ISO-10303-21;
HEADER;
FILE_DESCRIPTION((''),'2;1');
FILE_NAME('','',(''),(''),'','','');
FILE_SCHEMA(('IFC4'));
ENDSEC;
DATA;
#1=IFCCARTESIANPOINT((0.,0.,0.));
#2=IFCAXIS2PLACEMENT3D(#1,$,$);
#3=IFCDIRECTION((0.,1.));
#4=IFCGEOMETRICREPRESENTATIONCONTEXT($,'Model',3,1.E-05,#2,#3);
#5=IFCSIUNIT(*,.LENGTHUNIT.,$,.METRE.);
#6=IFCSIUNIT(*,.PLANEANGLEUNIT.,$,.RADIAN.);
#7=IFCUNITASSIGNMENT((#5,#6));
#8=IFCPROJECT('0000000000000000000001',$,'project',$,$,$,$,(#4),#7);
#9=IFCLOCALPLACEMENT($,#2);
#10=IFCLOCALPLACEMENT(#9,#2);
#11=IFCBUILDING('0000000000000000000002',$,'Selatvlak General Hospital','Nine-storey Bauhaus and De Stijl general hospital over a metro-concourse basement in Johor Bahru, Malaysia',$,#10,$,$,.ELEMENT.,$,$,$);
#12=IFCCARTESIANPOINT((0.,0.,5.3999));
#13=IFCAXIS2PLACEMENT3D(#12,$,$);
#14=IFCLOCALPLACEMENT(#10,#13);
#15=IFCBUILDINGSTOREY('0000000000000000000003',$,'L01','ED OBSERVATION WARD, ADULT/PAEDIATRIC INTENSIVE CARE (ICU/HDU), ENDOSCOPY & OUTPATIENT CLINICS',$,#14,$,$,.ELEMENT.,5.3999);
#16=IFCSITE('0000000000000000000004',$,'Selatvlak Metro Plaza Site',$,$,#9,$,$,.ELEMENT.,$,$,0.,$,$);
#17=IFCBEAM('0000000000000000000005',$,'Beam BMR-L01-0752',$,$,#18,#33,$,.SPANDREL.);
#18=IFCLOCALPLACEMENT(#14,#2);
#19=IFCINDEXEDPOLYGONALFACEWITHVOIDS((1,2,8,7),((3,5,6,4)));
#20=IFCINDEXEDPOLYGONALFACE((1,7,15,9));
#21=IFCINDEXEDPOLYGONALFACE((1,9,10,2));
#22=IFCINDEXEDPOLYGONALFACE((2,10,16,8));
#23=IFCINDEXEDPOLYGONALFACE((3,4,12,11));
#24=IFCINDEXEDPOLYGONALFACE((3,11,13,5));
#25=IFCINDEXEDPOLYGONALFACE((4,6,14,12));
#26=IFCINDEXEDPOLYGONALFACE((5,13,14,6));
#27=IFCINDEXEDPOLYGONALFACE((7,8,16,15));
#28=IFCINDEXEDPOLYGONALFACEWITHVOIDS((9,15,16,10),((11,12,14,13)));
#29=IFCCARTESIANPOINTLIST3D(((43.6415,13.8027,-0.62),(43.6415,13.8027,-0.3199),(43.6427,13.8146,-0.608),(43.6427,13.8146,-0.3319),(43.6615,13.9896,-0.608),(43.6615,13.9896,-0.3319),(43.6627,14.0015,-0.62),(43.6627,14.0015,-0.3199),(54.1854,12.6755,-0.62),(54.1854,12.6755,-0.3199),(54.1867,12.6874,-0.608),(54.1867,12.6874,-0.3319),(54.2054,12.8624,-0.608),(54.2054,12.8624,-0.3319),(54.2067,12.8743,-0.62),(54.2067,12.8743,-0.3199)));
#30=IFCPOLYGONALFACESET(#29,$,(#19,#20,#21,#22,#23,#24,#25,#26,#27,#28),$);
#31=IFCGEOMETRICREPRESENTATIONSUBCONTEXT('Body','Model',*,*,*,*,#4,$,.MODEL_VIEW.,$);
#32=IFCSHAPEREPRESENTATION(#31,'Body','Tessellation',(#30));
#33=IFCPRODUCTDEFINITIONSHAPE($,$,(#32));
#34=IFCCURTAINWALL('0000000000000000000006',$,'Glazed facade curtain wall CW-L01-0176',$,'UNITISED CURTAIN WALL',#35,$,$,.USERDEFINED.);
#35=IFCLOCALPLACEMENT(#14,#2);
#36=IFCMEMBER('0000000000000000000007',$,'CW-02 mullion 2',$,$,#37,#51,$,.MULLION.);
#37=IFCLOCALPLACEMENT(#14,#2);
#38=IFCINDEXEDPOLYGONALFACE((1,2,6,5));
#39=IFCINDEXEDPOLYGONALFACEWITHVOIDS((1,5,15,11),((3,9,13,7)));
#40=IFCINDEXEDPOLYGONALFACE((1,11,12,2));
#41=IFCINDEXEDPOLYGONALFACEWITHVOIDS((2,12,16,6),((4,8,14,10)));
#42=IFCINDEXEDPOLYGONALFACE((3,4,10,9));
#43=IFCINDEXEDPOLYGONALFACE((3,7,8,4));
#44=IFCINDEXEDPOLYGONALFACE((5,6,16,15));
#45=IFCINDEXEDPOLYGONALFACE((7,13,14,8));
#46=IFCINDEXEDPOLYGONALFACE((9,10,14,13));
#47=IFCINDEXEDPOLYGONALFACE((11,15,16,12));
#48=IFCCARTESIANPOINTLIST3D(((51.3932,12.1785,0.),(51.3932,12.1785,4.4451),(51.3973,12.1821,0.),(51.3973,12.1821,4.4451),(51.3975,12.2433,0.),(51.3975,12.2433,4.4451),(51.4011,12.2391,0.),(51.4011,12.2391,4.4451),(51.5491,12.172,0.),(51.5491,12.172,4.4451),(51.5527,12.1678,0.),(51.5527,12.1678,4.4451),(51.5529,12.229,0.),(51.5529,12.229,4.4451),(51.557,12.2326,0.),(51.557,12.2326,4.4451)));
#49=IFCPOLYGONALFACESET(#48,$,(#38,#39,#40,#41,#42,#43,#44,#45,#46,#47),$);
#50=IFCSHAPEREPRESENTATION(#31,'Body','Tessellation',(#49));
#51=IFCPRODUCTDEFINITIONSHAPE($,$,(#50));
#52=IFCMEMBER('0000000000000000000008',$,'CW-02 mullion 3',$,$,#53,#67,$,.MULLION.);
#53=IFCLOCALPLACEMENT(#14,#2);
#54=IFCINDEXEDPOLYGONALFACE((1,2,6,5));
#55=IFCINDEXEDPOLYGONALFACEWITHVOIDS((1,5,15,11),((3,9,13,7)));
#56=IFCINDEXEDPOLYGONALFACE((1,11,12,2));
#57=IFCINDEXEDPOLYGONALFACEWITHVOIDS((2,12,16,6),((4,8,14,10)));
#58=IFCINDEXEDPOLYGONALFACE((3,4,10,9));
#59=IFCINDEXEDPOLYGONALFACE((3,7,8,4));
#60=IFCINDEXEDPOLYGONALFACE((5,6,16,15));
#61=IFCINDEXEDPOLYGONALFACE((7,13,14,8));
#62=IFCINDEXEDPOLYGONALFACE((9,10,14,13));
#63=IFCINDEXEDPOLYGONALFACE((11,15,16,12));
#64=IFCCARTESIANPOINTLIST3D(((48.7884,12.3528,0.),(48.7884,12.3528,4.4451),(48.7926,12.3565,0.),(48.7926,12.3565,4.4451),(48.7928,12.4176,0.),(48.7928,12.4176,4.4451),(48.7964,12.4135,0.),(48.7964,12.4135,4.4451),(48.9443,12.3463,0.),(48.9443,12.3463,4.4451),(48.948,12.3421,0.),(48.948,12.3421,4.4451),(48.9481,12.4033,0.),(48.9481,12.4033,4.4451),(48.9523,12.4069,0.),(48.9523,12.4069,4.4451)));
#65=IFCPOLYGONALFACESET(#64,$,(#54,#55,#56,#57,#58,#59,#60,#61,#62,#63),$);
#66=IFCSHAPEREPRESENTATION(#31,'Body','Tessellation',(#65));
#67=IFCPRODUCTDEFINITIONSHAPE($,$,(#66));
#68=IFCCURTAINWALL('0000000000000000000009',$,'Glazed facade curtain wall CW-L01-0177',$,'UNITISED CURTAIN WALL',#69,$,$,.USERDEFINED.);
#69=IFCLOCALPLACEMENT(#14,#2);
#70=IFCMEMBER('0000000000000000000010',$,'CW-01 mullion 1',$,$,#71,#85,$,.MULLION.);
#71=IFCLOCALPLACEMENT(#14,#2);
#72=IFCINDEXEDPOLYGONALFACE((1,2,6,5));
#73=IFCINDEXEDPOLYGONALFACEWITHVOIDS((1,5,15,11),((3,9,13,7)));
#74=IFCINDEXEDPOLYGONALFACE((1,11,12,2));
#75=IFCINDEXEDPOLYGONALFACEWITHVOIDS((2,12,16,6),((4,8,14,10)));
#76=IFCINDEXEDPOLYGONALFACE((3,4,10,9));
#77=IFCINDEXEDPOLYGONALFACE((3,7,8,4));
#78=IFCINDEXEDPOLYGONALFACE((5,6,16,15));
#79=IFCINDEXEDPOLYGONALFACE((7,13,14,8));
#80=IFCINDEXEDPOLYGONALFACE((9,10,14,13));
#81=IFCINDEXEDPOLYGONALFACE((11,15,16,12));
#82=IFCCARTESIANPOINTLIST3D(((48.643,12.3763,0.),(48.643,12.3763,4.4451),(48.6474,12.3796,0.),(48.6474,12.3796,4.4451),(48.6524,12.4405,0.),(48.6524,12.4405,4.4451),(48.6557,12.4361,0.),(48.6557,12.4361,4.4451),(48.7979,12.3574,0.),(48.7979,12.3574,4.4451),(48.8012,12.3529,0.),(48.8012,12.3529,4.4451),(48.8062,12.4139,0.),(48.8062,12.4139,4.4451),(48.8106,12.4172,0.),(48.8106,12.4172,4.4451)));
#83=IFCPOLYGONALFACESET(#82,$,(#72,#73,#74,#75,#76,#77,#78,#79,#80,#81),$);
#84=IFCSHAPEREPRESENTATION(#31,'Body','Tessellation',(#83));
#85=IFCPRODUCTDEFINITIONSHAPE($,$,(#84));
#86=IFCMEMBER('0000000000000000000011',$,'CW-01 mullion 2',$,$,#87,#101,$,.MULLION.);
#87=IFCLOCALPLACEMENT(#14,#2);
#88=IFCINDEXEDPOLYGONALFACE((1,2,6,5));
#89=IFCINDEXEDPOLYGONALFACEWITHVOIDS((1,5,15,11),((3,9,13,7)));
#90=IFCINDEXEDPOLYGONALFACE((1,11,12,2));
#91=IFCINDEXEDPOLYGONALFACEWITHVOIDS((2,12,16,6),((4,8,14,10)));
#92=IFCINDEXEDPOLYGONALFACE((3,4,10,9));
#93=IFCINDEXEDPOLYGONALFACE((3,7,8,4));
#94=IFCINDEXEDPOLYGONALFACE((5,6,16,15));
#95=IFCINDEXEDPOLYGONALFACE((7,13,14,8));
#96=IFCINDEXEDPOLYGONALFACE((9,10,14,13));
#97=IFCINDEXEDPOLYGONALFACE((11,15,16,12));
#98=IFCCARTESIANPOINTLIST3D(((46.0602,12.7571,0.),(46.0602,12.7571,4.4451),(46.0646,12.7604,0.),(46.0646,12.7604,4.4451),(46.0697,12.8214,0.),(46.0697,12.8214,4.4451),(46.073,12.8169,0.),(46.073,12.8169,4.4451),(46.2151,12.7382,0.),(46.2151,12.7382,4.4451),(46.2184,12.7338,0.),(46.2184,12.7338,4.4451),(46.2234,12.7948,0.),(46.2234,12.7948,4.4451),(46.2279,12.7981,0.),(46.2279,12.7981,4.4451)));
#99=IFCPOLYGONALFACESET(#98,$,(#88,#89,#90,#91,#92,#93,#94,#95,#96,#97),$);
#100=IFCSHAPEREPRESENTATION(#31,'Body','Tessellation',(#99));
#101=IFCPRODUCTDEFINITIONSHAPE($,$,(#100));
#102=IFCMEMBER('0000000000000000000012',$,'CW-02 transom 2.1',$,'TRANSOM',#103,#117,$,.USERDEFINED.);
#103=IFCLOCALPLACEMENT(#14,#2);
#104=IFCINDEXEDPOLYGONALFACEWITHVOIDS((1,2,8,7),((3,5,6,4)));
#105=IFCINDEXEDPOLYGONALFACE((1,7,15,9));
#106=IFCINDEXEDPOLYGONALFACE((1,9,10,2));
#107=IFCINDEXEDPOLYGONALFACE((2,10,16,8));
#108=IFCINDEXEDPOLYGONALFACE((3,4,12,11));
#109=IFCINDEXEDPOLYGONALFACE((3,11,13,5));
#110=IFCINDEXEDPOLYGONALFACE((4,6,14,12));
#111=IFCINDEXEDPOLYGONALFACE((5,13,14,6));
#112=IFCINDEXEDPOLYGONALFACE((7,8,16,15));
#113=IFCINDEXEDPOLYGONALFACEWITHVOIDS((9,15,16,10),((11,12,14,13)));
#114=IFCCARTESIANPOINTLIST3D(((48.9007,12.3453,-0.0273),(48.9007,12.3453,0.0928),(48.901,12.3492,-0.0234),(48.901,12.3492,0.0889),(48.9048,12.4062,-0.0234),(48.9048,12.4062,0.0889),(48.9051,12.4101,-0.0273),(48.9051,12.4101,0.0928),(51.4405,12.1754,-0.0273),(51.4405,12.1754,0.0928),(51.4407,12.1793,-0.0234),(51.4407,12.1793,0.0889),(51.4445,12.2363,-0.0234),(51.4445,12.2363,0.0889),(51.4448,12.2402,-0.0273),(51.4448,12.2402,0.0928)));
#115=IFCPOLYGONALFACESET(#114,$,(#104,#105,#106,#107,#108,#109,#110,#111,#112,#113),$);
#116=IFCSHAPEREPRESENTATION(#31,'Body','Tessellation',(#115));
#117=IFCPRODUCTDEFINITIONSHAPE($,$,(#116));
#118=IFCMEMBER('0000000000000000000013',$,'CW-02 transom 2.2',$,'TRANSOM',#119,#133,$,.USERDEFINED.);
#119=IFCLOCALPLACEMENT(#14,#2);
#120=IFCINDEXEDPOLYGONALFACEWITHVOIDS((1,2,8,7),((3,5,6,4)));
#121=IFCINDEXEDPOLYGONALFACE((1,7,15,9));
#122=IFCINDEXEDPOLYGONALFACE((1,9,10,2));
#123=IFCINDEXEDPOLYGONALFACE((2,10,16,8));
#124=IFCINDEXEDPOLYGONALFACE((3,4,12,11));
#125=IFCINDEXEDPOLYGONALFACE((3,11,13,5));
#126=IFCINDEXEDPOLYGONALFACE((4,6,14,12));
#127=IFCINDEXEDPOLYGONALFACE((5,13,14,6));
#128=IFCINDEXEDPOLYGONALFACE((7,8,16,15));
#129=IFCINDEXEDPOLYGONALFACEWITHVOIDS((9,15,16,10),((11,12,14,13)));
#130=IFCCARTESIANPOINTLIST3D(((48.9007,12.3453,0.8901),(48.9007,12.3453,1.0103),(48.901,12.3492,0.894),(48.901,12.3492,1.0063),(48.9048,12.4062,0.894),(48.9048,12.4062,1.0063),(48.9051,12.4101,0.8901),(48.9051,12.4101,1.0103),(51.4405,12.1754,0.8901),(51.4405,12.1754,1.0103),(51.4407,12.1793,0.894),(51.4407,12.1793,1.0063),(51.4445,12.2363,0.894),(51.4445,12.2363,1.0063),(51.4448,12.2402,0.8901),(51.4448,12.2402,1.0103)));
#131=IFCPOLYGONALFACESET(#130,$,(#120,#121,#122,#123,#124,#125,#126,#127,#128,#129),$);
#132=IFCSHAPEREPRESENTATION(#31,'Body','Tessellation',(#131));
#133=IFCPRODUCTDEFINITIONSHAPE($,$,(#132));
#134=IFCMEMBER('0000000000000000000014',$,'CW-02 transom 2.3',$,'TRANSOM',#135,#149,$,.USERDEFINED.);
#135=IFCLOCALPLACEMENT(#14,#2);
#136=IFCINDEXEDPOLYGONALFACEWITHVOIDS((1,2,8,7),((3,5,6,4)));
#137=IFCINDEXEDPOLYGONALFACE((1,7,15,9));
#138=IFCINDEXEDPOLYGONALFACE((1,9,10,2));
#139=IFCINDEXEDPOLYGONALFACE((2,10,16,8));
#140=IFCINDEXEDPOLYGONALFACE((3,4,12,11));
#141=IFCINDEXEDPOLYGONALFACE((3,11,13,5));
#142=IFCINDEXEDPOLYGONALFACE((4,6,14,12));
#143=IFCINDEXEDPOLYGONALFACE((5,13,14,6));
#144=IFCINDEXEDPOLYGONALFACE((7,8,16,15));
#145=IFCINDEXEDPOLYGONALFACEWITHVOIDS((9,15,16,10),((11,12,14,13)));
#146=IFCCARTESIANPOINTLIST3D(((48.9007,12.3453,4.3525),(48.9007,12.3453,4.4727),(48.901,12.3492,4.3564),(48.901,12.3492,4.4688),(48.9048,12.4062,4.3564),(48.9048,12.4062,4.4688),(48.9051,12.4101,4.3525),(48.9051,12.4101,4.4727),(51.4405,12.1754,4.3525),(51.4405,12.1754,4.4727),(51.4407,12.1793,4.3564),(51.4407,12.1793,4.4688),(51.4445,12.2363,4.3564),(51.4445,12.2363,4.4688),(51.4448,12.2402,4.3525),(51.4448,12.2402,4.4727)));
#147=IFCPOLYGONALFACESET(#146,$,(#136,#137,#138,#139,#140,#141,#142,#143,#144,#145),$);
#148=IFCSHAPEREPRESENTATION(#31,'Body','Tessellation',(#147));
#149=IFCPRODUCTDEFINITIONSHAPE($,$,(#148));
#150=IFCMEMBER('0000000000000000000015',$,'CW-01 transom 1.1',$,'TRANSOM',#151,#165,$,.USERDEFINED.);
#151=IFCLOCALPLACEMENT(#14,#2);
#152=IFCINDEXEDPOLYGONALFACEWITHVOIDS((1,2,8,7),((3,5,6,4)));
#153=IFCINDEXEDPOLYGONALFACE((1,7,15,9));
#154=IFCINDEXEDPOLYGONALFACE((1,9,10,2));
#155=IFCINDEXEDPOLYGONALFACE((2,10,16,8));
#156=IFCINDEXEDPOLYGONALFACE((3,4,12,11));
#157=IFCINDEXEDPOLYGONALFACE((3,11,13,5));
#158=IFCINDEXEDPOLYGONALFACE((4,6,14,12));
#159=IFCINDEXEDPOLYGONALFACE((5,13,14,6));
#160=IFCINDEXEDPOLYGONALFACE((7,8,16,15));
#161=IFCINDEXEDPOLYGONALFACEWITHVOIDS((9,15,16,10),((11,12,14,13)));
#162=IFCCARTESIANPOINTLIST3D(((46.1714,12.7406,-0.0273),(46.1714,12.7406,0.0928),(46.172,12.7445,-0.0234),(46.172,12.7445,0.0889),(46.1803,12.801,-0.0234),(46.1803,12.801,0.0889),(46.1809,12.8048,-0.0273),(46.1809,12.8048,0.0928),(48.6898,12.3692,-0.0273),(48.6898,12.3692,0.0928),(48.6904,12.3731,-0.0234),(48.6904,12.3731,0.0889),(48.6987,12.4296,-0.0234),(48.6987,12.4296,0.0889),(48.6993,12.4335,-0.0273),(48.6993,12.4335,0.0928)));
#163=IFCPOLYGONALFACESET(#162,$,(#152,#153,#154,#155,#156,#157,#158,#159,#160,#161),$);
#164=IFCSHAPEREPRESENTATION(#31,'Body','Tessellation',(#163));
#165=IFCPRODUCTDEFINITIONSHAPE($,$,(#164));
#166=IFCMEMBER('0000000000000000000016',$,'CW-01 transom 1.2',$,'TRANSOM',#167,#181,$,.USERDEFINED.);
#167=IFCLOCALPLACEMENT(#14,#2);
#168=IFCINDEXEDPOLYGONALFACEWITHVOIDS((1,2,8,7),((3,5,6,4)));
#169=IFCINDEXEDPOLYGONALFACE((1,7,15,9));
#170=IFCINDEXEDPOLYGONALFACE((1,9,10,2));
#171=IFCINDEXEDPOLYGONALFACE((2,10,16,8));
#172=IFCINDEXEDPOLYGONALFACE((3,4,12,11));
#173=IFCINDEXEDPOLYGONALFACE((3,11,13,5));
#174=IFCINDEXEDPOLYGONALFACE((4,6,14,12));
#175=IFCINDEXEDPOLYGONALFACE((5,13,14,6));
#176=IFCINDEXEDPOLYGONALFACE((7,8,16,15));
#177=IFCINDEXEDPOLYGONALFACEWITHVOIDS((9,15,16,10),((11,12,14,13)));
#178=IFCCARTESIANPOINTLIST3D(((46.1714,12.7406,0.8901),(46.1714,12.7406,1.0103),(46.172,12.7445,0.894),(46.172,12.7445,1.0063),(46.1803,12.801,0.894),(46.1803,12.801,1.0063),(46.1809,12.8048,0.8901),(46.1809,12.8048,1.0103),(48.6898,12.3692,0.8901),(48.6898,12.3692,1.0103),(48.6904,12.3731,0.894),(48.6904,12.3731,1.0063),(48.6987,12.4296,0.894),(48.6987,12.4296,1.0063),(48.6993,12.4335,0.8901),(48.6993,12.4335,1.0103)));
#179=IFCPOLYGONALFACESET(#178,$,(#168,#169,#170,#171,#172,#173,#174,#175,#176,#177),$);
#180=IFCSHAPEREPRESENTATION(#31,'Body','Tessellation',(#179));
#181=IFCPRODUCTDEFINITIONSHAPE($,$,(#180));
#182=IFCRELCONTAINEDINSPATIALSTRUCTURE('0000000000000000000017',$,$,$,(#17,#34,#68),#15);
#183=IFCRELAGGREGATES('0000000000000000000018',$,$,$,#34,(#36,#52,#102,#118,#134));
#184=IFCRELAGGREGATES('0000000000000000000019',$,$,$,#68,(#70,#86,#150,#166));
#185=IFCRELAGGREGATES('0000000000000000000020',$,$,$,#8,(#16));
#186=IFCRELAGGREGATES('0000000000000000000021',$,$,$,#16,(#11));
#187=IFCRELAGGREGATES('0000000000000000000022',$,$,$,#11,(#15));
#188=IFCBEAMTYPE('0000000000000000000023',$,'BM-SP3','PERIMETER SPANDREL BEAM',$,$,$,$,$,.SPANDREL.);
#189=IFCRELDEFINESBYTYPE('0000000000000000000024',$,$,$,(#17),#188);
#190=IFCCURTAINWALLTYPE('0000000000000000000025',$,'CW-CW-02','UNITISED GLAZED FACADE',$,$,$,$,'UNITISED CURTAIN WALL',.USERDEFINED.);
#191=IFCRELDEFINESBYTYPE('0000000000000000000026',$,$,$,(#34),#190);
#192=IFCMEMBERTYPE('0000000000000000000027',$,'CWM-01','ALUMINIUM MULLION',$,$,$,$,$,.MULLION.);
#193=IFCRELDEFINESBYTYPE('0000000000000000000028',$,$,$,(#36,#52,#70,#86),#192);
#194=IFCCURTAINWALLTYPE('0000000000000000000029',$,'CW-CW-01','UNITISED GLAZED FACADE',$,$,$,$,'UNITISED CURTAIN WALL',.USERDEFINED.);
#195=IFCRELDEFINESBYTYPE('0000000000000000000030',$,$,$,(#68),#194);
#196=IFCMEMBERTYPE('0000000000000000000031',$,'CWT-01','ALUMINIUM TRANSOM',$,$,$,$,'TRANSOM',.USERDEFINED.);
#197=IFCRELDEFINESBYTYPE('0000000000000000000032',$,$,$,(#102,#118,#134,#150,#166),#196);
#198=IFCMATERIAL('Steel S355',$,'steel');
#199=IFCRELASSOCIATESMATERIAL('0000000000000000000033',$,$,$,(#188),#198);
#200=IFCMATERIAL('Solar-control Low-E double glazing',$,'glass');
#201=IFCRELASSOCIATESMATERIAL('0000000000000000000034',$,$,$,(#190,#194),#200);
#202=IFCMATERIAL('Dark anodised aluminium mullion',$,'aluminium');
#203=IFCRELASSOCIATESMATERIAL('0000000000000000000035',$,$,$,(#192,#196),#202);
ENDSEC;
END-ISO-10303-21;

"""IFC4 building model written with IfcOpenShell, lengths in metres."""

from ifc_helpers import new_model, si_unit, direction, frame, origin, origin_2d, place, context, subcontext, project, spatial, hollow_rectangle, extrude, material, material_profile, profile_set, type_object, element, aggregate, save


model = new_model("IFC4")

# Units and contexts
model_context = context("Model", 3, precision=1e-05, world=origin(), true_north=direction((0.0, 1.0)))
body_context = subcontext(model_context, "Body", "Model", "MODEL_VIEW")
ifc_project = project(units=[si_unit("LENGTHUNIT", "METRE"), si_unit("PLANEANGLEUNIT", "RADIAN")], contexts=[model_context])

# Site, building, storey
site_placement = place(None, origin())
site = spatial("IfcSite", under=ifc_project, at=site_placement, Name="Selatvlak Metro Plaza Site", CompositionType="ELEMENT", RefElevation=0.0)
building_placement = place(site_placement, origin())
building = spatial("IfcBuilding", under=site, at=building_placement, Name="Selatvlak General Hospital", Description="Nine-storey Bauhaus and De Stijl general hospital over a metro-concourse basement in Johor Bahru, Malaysia", CompositionType="ELEMENT")
storey_placement = place(building_placement, frame((0.0, 0.0, 5.3999)))
storey = spatial("IfcBuildingStorey", under=building, at=storey_placement, Name="L01", Description="ED OBSERVATION WARD, ADULT/PAEDIATRIC INTENSIVE CARE (ICU/HDU), ENDOSCOPY & OUTPATIENT CLINICS", CompositionType="ELEMENT", Elevation=5.3999)

# Beam
ifc_material_1 = material(Name="Steel S355", Category="steel")
ifc_material_profile_1 = material_profile(ifc_material_1, hollow_rectangle(XDim=0.2, YDim=0.3, WallThickness=0.012, at=origin_2d()), Name="RHS 300x200x12")
ifc_profile_set_1 = profile_set([ifc_material_profile_1], Name="Steel S355")
beam_type = type_object("IfcBeamType", Name="BM-SP3", Description="PERIMETER SPANDREL BEAM", PredefinedType="SPANDREL", material=ifc_profile_set_1)
beam_placement = place(storey_placement, frame((43.6521, 13.9021, -0.47), z_axis=(0.994334, -0.106299, 0.0), x_axis=(0.106299, 0.994334, 0.0)))
element("IfcBeam", 1, at=beam_placement, inside=storey, type_object=beam_type, Name="Beam BMR-L01-0752", PredefinedType="SPANDREL", context=body_context, shape_type="SweptSolid", body=[
    extrude(hollow_rectangle(XDim=0.2, YDim=0.3, WallThickness=0.012, at=origin_2d()), origin(), (0.0, 0.0, 1.0), 10.604),
])

# Curtain walls, members
ifc_material_2 = material(Name="Solar-control Low-E double glazing", Category="glass")
curtain_wall_type_1 = type_object("IfcCurtainWallType", Name="CW-CW-02", Description="UNITISED GLAZED FACADE", ElementType="UNITISED CURTAIN WALL", PredefinedType="USERDEFINED", material=ifc_material_2)
curtain_wall_1_placement = place(storey_placement, origin())
curtain_wall_1 = element("IfcCurtainWall", 2, at=curtain_wall_1_placement, inside=storey, type_object=curtain_wall_type_1, Name="Glazed facade curtain wall CW-L01-0176", ObjectType="UNITISED CURTAIN WALL", PredefinedType="USERDEFINED")
ifc_material_3 = material(Name="Dark anodised aluminium mullion", Category="aluminium")
ifc_material_profile_2 = material_profile(ifc_material_3, hollow_rectangle(XDim=0.0649, YDim=0.1599, WallThickness=0.0039, at=origin_2d()), Name="AL-MUL 65x160x4")
ifc_profile_set_2 = profile_set([ifc_material_profile_2], Name="Dark anodised aluminium mullion")
member_type_1 = type_object("IfcMemberType", Name="CWM-01", Description="ALUMINIUM MULLION", PredefinedType="MULLION", material=ifc_profile_set_2)
member_1_placement = place(storey_placement, frame((51.4751, 12.2056, 0.0), z_axis=(0.0, 0.0, 1.0), x_axis=(-0.066783, -0.997768, 0.0)))
member_1 = element("IfcMember", 3, at=member_1_placement, type_object=member_type_1, Name="CW-02 mullion 2", PredefinedType="MULLION", context=body_context, shape_type="SweptSolid", body=[
    extrude(hollow_rectangle(XDim=0.0649, YDim=0.1599, WallThickness=0.0039, at=origin_2d()), origin(), (0.0, 0.0, 1.0), 4.4451),
])
member_2_placement = place(storey_placement, frame((48.8704, 12.3799, 0.0), z_axis=(0.0, 0.0, 1.0), x_axis=(-0.066783, -0.997768, 0.0)))
member_2 = element("IfcMember", 4, at=member_2_placement, type_object=member_type_1, Name="CW-02 mullion 3", PredefinedType="MULLION", context=body_context, shape_type="SweptSolid", body=[
    extrude(hollow_rectangle(XDim=0.0649, YDim=0.1599, WallThickness=0.0039, at=origin_2d()), origin(), (0.0, 0.0, 1.0), 4.4451),
])
curtain_wall_type_2 = type_object("IfcCurtainWallType", Name="CW-CW-01", Description="UNITISED GLAZED FACADE", ElementType="UNITISED CURTAIN WALL", PredefinedType="USERDEFINED", material=ifc_material_2)
curtain_wall_2_placement = place(storey_placement, origin())
curtain_wall_2 = element("IfcCurtainWall", 5, at=curtain_wall_2_placement, inside=storey, type_object=curtain_wall_type_2, Name="Glazed facade curtain wall CW-L01-0177", ObjectType="UNITISED CURTAIN WALL", PredefinedType="USERDEFINED")
member_3_placement = place(storey_placement, frame((48.7268, 12.3967, 0.0), z_axis=(0.0, 0.0, 1.0), x_axis=(-0.145843, -0.989308, 0.0)))
member_3 = element("IfcMember", 6, at=member_3_placement, type_object=member_type_1, Name="CW-01 mullion 1", PredefinedType="MULLION", context=body_context, shape_type="SweptSolid", body=[
    extrude(hollow_rectangle(XDim=0.0649, YDim=0.1599, WallThickness=0.0039, at=origin_2d()), origin(), (0.0, 0.0, 1.0), 4.4451),
])
member_4_placement = place(storey_placement, frame((46.144, 12.7776, 0.0), z_axis=(0.0, 0.0, 1.0), x_axis=(-0.145843, -0.989308, 0.0)))
member_4 = element("IfcMember", 7, at=member_4_placement, type_object=member_type_1, Name="CW-01 mullion 2", PredefinedType="MULLION", context=body_context, shape_type="SweptSolid", body=[
    extrude(hollow_rectangle(XDim=0.0649, YDim=0.1599, WallThickness=0.0039, at=origin_2d()), origin(), (0.0, 0.0, 1.0), 4.4451),
])

# Members
ifc_material_profile_3 = material_profile(ifc_material_3, hollow_rectangle(XDim=0.0649, YDim=0.1201, WallThickness=0.0039, at=origin_2d()), Name="AL-TRN 65x120x4")
ifc_profile_set_3 = profile_set([ifc_material_profile_3], Name="Dark anodised aluminium mullion")
member_type_2 = type_object("IfcMemberType", Name="CWT-01", Description="ALUMINIUM TRANSOM", ElementType="TRANSOM", PredefinedType="USERDEFINED", material=ifc_profile_set_3)
member_5_placement = place(storey_placement, frame((51.4426, 12.2078, 0.0327), z_axis=(-0.997769, 0.066755, 0.0), x_axis=(-0.066755, -0.997769, 0.0)))
member_5 = element("IfcMember", 8, at=member_5_placement, type_object=member_type_2, Name="CW-02 transom 2.1", ObjectType="TRANSOM", PredefinedType="USERDEFINED", context=body_context, shape_type="SweptSolid", body=[
    extrude(hollow_rectangle(XDim=0.0649, YDim=0.1201, WallThickness=0.0039, at=origin_2d()), origin(), (0.0, 0.0, 1.0), 2.5454),
])
member_6_placement = place(storey_placement, frame((51.4426, 12.2078, 0.9502), z_axis=(-0.997769, 0.066755, 0.0), x_axis=(-0.066755, -0.997769, 0.0)))
member_6 = element("IfcMember", 9, at=member_6_placement, type_object=member_type_2, Name="CW-02 transom 2.2", ObjectType="TRANSOM", PredefinedType="USERDEFINED", context=body_context, shape_type="SweptSolid", body=[
    extrude(hollow_rectangle(XDim=0.0649, YDim=0.1201, WallThickness=0.0039, at=origin_2d()), origin(), (0.0, 0.0, 1.0), 2.5454),
])
member_7_placement = place(storey_placement, frame((51.4426, 12.2078, 4.4126), z_axis=(-0.997769, 0.066755, 0.0), x_axis=(-0.066755, -0.997769, 0.0)))
member_7 = element("IfcMember", 10, at=member_7_placement, type_object=member_type_2, Name="CW-02 transom 2.3", ObjectType="TRANSOM", PredefinedType="USERDEFINED", context=body_context, shape_type="SweptSolid", body=[
    extrude(hollow_rectangle(XDim=0.0649, YDim=0.1201, WallThickness=0.0039, at=origin_2d()), origin(), (0.0, 0.0, 1.0), 2.5454),
])
member_8_placement = place(storey_placement, frame((48.6946, 12.4014, 0.0327), z_axis=(-0.989303, 0.145878, 0.0), x_axis=(-0.145878, -0.989303, 0.0)))
member_8 = element("IfcMember", 11, at=member_8_placement, type_object=member_type_2, Name="CW-01 transom 1.1", ObjectType="TRANSOM", PredefinedType="USERDEFINED", context=body_context, shape_type="SweptSolid", body=[
    extrude(hollow_rectangle(XDim=0.0649, YDim=0.1201, WallThickness=0.0039, at=origin_2d()), origin(), (0.0, 0.0, 1.0), 2.5457),
])
member_9_placement = place(storey_placement, frame((48.6946, 12.4014, 0.9502), z_axis=(-0.989303, 0.145878, 0.0), x_axis=(-0.145878, -0.989303, 0.0)))
member_9 = element("IfcMember", 12, at=member_9_placement, type_object=member_type_2, Name="CW-01 transom 1.2", ObjectType="TRANSOM", PredefinedType="USERDEFINED", context=body_context, shape_type="SweptSolid", body=[
    extrude(hollow_rectangle(XDim=0.0649, YDim=0.1201, WallThickness=0.0039, at=origin_2d()), origin(), (0.0, 0.0, 1.0), 2.5457),
])

aggregate(curtain_wall_1, [member_1, member_2, member_5, member_6, member_7])
aggregate(curtain_wall_2, [member_3, member_4, member_8, member_9])

save(model, "model.ifc")
